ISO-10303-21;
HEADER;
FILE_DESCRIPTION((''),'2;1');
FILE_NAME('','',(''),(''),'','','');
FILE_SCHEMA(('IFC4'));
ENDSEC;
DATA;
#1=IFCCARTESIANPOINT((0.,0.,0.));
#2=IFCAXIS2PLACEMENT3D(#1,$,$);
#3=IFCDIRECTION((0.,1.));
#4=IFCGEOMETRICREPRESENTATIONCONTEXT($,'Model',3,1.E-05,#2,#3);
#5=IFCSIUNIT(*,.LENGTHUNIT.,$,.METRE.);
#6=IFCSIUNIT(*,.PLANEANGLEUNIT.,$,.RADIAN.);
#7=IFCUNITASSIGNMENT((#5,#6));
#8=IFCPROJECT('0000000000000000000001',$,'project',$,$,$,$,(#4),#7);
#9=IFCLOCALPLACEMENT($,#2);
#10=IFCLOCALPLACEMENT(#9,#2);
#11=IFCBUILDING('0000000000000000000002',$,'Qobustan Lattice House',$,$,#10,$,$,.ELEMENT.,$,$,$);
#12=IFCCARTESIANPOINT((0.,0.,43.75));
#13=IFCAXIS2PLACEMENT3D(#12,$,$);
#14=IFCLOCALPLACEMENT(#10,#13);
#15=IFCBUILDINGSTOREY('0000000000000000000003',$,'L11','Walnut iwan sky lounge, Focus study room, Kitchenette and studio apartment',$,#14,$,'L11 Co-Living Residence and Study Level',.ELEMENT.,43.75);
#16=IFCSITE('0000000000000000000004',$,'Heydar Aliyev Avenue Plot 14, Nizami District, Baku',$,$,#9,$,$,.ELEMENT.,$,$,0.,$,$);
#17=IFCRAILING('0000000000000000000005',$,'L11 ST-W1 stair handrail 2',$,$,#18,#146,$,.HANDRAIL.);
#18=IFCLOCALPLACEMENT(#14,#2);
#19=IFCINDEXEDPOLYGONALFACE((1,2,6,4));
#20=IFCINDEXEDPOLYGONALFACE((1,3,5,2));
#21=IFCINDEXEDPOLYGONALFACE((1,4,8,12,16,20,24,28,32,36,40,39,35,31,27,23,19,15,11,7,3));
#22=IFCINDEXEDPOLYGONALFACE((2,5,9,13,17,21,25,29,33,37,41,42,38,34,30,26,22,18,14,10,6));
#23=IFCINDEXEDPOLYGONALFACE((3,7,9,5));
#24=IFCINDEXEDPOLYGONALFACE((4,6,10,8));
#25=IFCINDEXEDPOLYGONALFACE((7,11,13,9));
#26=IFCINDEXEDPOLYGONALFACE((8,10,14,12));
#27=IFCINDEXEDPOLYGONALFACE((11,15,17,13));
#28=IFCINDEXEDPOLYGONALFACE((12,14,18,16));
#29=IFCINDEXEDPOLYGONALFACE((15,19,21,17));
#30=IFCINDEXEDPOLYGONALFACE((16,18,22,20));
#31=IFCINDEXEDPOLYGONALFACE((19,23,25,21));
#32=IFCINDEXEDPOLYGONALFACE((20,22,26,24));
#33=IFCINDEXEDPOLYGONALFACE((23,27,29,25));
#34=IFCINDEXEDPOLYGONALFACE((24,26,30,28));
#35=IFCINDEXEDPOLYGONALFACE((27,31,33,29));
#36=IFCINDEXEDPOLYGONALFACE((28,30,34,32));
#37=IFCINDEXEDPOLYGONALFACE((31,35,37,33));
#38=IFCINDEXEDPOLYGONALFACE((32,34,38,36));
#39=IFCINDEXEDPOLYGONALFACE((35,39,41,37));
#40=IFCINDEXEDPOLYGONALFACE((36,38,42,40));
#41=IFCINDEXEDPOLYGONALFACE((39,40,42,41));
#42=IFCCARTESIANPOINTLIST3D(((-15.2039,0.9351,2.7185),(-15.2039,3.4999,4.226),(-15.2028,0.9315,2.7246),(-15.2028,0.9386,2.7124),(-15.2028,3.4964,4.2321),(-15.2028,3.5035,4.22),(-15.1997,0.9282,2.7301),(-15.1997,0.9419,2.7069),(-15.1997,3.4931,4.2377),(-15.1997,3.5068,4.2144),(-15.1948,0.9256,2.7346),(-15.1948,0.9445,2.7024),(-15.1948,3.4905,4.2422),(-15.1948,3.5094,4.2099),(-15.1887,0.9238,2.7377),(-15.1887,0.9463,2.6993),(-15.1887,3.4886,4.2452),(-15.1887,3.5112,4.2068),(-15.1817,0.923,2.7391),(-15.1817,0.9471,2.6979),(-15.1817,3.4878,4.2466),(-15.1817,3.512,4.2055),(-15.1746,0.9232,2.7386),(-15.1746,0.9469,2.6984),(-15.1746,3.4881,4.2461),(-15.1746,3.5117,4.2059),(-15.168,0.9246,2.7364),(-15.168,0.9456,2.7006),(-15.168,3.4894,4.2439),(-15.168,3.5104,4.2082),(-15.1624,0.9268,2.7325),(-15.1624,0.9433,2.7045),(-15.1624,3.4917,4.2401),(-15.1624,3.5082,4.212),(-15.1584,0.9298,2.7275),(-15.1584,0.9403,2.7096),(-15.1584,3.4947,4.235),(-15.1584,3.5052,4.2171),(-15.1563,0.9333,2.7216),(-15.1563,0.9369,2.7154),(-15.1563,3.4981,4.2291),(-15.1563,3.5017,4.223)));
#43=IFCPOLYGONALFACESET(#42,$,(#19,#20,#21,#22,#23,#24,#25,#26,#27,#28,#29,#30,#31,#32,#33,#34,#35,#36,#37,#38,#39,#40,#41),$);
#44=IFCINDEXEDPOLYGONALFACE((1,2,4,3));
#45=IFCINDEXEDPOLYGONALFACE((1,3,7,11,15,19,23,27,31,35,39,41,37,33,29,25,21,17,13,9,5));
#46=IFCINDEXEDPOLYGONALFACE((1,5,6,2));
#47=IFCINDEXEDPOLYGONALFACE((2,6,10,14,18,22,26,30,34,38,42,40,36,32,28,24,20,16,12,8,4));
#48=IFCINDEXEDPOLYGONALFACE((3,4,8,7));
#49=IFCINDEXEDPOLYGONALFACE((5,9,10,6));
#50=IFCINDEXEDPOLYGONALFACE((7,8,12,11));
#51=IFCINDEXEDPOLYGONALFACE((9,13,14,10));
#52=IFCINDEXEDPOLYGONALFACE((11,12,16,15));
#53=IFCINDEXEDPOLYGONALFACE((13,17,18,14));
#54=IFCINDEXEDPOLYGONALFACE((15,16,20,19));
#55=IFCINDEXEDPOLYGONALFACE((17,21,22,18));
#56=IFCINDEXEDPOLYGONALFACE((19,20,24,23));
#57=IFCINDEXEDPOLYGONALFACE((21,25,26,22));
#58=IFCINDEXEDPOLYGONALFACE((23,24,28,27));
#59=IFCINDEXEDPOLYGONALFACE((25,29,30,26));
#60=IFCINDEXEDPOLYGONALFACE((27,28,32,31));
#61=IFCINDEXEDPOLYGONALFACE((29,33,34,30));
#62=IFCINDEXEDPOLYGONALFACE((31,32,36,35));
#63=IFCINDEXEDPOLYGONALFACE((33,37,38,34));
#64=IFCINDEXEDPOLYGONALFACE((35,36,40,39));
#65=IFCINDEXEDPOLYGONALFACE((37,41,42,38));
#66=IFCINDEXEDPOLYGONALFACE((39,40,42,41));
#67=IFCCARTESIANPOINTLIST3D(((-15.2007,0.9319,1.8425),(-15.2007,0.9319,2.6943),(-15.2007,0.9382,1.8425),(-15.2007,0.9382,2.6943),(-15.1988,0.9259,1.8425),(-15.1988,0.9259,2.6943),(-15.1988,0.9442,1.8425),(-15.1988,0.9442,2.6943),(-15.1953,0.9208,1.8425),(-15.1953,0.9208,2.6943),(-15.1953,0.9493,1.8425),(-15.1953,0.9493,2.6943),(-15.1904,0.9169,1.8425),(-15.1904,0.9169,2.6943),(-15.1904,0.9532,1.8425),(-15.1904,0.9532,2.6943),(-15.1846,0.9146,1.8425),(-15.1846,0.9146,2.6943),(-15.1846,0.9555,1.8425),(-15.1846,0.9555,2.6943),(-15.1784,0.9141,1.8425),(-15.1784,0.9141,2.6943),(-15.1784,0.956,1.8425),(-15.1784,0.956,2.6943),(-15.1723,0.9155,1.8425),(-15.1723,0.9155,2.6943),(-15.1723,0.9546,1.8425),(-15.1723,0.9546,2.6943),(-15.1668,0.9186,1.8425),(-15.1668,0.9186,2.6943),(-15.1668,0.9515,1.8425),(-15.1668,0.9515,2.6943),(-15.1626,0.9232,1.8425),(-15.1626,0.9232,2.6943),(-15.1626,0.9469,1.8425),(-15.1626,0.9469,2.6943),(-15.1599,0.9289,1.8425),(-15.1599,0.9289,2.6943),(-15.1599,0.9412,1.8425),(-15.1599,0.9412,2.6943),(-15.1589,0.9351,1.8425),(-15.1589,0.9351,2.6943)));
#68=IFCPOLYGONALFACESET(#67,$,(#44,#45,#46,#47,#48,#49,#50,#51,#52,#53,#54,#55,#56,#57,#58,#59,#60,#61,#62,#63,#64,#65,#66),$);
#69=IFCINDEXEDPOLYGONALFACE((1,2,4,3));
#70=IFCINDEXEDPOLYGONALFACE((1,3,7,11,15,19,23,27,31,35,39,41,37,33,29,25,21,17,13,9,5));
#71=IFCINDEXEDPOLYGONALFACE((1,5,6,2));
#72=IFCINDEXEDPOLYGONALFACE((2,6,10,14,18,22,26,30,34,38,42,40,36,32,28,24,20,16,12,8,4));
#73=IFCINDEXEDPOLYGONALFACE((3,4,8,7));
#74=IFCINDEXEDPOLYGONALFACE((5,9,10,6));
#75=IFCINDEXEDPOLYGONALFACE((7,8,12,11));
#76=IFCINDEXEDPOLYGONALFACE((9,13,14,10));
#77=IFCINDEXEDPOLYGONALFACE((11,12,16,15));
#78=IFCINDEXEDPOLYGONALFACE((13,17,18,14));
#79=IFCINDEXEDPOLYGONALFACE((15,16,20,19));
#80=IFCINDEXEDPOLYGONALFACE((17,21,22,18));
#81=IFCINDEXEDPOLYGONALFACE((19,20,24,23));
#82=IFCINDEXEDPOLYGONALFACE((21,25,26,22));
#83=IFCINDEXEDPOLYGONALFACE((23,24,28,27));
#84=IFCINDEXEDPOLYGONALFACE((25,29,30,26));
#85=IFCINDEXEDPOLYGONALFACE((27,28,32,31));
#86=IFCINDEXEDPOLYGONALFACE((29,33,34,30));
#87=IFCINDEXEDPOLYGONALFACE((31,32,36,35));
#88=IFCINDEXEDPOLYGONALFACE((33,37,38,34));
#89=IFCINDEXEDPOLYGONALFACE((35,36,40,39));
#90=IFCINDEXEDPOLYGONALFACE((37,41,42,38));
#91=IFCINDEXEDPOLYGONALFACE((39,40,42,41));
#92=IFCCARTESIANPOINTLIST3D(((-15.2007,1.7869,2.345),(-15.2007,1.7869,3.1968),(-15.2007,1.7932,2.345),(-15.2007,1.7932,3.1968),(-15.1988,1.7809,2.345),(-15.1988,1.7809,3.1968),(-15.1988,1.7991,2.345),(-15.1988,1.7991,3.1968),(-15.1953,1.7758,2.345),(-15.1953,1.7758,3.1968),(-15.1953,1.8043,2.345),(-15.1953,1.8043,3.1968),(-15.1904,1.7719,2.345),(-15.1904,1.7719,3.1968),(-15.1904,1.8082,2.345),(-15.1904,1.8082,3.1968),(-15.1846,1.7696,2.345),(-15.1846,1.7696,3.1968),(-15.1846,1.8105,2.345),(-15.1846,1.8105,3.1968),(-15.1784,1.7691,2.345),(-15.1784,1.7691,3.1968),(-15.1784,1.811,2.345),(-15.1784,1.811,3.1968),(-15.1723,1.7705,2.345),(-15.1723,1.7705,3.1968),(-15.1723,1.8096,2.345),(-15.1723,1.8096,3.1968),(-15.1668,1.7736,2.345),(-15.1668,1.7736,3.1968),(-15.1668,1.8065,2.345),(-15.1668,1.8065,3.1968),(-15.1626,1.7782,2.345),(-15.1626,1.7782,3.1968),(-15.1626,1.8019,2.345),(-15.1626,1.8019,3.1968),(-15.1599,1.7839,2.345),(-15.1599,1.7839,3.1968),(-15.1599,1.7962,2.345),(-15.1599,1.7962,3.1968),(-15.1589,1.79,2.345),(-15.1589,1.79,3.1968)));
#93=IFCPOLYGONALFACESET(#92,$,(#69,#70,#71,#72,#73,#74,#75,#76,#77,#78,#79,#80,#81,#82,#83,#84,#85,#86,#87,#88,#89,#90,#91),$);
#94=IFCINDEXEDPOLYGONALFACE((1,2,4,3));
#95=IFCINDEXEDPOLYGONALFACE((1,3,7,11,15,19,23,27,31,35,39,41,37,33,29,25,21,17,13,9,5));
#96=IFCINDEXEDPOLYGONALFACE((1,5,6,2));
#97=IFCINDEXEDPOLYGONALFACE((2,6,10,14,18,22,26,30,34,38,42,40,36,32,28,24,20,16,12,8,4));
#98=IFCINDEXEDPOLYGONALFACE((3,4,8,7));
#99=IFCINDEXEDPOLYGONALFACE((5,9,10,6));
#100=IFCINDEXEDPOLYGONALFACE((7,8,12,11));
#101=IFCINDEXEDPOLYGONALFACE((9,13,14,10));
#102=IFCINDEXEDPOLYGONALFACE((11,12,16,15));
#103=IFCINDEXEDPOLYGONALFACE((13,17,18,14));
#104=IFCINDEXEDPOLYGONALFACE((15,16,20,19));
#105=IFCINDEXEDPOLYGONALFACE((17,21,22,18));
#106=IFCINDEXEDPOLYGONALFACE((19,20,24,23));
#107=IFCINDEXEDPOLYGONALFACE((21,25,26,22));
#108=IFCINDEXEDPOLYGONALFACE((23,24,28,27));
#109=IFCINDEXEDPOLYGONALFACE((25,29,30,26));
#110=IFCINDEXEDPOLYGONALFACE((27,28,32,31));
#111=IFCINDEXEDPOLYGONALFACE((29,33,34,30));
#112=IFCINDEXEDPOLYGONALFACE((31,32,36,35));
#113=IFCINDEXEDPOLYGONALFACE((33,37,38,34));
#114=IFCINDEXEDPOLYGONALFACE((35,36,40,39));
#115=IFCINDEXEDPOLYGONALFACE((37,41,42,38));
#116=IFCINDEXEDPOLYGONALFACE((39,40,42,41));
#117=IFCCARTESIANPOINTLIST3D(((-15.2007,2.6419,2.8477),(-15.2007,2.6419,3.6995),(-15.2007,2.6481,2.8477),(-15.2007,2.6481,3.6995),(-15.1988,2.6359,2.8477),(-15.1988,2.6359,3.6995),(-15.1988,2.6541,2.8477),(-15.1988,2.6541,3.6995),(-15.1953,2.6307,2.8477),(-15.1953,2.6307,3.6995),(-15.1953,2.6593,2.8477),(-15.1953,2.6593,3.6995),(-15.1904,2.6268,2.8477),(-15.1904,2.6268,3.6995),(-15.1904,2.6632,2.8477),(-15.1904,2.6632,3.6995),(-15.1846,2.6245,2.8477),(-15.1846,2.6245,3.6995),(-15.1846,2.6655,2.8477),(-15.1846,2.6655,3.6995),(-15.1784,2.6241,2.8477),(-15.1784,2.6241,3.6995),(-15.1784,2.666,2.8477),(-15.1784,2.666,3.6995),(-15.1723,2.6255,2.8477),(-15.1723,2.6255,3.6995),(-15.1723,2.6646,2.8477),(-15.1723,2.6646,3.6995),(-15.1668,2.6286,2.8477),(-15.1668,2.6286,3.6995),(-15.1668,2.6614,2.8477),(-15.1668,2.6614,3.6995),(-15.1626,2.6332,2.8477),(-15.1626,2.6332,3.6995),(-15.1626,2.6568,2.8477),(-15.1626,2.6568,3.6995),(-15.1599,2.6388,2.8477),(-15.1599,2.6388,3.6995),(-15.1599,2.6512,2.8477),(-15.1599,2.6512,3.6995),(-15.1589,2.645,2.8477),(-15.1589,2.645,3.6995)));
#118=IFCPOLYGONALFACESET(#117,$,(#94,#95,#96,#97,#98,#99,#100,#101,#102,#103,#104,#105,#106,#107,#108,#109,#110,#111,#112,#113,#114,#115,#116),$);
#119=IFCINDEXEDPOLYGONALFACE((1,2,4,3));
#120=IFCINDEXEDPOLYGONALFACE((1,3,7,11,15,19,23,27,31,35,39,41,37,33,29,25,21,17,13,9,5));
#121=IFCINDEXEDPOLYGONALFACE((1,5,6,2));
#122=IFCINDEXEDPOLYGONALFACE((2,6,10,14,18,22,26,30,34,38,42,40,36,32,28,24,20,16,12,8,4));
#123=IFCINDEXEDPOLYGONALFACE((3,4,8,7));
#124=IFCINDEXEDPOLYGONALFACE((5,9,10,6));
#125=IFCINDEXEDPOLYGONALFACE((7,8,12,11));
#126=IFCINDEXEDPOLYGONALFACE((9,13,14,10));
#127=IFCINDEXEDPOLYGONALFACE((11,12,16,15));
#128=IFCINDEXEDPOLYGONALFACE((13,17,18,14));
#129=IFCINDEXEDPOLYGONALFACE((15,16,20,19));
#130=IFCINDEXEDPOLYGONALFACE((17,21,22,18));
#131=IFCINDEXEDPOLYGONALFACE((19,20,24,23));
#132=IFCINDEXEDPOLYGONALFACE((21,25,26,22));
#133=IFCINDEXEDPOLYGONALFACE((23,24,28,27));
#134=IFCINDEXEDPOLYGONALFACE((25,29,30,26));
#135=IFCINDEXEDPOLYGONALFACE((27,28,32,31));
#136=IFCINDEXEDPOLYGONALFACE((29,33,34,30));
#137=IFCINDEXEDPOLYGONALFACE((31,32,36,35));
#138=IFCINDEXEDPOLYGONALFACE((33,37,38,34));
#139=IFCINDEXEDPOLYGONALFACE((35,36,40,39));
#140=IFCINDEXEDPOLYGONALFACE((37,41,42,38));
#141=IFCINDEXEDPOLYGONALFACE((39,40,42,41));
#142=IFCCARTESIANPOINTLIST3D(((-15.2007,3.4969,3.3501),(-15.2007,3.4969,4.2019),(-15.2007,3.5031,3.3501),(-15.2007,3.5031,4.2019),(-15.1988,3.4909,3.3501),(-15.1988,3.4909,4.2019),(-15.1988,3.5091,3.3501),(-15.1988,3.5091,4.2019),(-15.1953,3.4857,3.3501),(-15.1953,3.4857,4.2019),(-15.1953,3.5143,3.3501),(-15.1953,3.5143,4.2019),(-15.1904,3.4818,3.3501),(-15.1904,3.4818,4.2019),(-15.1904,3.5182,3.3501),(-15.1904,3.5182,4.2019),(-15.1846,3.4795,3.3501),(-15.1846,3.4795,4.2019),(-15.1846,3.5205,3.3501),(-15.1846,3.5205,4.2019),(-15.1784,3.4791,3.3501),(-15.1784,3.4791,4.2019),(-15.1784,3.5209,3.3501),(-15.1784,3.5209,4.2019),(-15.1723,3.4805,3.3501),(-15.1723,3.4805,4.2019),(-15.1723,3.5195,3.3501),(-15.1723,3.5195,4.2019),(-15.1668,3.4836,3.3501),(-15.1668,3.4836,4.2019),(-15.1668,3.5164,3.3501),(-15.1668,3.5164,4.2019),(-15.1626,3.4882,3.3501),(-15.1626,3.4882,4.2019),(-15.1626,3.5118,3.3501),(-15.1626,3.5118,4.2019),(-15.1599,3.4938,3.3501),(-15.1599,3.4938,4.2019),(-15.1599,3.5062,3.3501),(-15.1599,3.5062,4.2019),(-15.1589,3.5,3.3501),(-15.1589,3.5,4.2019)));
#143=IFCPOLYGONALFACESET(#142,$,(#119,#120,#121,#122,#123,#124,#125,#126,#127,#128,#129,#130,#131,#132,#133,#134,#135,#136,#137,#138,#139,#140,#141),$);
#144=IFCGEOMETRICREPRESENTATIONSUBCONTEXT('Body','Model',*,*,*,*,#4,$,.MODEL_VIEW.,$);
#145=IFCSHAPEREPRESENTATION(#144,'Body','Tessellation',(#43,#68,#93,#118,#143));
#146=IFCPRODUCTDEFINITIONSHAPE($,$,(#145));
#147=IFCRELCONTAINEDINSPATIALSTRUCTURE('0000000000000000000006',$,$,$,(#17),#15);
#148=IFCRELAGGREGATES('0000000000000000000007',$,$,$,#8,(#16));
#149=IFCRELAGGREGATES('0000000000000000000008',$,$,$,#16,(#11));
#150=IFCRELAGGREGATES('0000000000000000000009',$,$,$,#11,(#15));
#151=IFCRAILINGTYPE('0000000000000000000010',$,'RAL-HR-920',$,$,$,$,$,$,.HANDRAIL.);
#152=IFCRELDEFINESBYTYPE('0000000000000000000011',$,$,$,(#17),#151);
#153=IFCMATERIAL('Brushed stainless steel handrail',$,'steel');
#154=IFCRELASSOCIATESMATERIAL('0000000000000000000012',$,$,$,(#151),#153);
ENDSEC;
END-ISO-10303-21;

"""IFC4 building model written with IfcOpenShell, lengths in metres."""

from ifc_helpers import new_model, si_unit, direction, frame, origin, origin_2d, place, context, subcontext, project, spatial, circle, extrude, material, type_object, element, save


model = new_model("IFC4")

# Units and contexts
model_context = context("Model", 3, precision=1e-05, world=origin(), true_north=direction((0.0, 1.0)))
body_context = subcontext(model_context, "Body", "Model", "MODEL_VIEW")
ifc_project = project(units=[si_unit("LENGTHUNIT", "METRE"), si_unit("PLANEANGLEUNIT", "RADIAN")], contexts=[model_context])

# Site, building, storey
site_placement = place(None, origin())
site = spatial("IfcSite", under=ifc_project, at=site_placement, Name="Heydar Aliyev Avenue Plot 14, Nizami District, Baku", CompositionType="ELEMENT", RefElevation=0.0)
building_placement = place(site_placement, origin())
building = spatial("IfcBuilding", under=site, at=building_placement, Name="Qobustan Lattice House", CompositionType="ELEMENT")
storey_placement = place(building_placement, frame((0.0, 0.0, 43.75)))
storey = spatial("IfcBuildingStorey", under=building, at=storey_placement, Name="L11", Description="Walnut iwan sky lounge, Focus study room, Kitchenette and studio apartment", LongName="L11 Co-Living Residence and Study Level", CompositionType="ELEMENT", Elevation=43.75)

# Railing
ifc_material_1 = material(Name="Brushed stainless steel handrail", Category="steel")
railing_type_1 = type_object("IfcRailingType", Name="RAL-HR-920", PredefinedType="HANDRAIL", material=ifc_material_1)
railing_1_placement = place(storey_placement, frame((-15.1799, 0.9351, 1.8425)))
element("IfcRailing", 1, at=railing_1_placement, inside=storey, type_object=railing_type_1, Name="L11 ST-W1 stair handrail 2", PredefinedType="HANDRAIL", context=body_context, shape_type="SweptSolid", body=[
    extrude(circle(Radius=0.0239, at=origin_2d()), frame((0.0, 0.0, 0.876), z_axis=(0.0, 0.862113, 0.506715), x_axis=(-1.0, 0.0, 0.0)), (0.0, 0.0, 1.0), 2.9751),
    extrude(circle(Radius=0.021, at=origin_2d()), origin(), (0.0, 0.0, 1.0), 0.8518),
    extrude(circle(Radius=0.021, at=origin_2d()), frame((0.0, 0.855, 0.5024)), (0.0, 0.0, 1.0), 0.8518),
    extrude(circle(Radius=0.021, at=origin_2d()), frame((0.0, 1.71, 1.0051)), (0.0, 0.0, 1.0), 0.8518),
    extrude(circle(Radius=0.021, at=origin_2d()), frame((0.0, 2.5649, 1.5076)), (0.0, 0.0, 1.0), 0.8518),
])

save(model, "model.ifc")
